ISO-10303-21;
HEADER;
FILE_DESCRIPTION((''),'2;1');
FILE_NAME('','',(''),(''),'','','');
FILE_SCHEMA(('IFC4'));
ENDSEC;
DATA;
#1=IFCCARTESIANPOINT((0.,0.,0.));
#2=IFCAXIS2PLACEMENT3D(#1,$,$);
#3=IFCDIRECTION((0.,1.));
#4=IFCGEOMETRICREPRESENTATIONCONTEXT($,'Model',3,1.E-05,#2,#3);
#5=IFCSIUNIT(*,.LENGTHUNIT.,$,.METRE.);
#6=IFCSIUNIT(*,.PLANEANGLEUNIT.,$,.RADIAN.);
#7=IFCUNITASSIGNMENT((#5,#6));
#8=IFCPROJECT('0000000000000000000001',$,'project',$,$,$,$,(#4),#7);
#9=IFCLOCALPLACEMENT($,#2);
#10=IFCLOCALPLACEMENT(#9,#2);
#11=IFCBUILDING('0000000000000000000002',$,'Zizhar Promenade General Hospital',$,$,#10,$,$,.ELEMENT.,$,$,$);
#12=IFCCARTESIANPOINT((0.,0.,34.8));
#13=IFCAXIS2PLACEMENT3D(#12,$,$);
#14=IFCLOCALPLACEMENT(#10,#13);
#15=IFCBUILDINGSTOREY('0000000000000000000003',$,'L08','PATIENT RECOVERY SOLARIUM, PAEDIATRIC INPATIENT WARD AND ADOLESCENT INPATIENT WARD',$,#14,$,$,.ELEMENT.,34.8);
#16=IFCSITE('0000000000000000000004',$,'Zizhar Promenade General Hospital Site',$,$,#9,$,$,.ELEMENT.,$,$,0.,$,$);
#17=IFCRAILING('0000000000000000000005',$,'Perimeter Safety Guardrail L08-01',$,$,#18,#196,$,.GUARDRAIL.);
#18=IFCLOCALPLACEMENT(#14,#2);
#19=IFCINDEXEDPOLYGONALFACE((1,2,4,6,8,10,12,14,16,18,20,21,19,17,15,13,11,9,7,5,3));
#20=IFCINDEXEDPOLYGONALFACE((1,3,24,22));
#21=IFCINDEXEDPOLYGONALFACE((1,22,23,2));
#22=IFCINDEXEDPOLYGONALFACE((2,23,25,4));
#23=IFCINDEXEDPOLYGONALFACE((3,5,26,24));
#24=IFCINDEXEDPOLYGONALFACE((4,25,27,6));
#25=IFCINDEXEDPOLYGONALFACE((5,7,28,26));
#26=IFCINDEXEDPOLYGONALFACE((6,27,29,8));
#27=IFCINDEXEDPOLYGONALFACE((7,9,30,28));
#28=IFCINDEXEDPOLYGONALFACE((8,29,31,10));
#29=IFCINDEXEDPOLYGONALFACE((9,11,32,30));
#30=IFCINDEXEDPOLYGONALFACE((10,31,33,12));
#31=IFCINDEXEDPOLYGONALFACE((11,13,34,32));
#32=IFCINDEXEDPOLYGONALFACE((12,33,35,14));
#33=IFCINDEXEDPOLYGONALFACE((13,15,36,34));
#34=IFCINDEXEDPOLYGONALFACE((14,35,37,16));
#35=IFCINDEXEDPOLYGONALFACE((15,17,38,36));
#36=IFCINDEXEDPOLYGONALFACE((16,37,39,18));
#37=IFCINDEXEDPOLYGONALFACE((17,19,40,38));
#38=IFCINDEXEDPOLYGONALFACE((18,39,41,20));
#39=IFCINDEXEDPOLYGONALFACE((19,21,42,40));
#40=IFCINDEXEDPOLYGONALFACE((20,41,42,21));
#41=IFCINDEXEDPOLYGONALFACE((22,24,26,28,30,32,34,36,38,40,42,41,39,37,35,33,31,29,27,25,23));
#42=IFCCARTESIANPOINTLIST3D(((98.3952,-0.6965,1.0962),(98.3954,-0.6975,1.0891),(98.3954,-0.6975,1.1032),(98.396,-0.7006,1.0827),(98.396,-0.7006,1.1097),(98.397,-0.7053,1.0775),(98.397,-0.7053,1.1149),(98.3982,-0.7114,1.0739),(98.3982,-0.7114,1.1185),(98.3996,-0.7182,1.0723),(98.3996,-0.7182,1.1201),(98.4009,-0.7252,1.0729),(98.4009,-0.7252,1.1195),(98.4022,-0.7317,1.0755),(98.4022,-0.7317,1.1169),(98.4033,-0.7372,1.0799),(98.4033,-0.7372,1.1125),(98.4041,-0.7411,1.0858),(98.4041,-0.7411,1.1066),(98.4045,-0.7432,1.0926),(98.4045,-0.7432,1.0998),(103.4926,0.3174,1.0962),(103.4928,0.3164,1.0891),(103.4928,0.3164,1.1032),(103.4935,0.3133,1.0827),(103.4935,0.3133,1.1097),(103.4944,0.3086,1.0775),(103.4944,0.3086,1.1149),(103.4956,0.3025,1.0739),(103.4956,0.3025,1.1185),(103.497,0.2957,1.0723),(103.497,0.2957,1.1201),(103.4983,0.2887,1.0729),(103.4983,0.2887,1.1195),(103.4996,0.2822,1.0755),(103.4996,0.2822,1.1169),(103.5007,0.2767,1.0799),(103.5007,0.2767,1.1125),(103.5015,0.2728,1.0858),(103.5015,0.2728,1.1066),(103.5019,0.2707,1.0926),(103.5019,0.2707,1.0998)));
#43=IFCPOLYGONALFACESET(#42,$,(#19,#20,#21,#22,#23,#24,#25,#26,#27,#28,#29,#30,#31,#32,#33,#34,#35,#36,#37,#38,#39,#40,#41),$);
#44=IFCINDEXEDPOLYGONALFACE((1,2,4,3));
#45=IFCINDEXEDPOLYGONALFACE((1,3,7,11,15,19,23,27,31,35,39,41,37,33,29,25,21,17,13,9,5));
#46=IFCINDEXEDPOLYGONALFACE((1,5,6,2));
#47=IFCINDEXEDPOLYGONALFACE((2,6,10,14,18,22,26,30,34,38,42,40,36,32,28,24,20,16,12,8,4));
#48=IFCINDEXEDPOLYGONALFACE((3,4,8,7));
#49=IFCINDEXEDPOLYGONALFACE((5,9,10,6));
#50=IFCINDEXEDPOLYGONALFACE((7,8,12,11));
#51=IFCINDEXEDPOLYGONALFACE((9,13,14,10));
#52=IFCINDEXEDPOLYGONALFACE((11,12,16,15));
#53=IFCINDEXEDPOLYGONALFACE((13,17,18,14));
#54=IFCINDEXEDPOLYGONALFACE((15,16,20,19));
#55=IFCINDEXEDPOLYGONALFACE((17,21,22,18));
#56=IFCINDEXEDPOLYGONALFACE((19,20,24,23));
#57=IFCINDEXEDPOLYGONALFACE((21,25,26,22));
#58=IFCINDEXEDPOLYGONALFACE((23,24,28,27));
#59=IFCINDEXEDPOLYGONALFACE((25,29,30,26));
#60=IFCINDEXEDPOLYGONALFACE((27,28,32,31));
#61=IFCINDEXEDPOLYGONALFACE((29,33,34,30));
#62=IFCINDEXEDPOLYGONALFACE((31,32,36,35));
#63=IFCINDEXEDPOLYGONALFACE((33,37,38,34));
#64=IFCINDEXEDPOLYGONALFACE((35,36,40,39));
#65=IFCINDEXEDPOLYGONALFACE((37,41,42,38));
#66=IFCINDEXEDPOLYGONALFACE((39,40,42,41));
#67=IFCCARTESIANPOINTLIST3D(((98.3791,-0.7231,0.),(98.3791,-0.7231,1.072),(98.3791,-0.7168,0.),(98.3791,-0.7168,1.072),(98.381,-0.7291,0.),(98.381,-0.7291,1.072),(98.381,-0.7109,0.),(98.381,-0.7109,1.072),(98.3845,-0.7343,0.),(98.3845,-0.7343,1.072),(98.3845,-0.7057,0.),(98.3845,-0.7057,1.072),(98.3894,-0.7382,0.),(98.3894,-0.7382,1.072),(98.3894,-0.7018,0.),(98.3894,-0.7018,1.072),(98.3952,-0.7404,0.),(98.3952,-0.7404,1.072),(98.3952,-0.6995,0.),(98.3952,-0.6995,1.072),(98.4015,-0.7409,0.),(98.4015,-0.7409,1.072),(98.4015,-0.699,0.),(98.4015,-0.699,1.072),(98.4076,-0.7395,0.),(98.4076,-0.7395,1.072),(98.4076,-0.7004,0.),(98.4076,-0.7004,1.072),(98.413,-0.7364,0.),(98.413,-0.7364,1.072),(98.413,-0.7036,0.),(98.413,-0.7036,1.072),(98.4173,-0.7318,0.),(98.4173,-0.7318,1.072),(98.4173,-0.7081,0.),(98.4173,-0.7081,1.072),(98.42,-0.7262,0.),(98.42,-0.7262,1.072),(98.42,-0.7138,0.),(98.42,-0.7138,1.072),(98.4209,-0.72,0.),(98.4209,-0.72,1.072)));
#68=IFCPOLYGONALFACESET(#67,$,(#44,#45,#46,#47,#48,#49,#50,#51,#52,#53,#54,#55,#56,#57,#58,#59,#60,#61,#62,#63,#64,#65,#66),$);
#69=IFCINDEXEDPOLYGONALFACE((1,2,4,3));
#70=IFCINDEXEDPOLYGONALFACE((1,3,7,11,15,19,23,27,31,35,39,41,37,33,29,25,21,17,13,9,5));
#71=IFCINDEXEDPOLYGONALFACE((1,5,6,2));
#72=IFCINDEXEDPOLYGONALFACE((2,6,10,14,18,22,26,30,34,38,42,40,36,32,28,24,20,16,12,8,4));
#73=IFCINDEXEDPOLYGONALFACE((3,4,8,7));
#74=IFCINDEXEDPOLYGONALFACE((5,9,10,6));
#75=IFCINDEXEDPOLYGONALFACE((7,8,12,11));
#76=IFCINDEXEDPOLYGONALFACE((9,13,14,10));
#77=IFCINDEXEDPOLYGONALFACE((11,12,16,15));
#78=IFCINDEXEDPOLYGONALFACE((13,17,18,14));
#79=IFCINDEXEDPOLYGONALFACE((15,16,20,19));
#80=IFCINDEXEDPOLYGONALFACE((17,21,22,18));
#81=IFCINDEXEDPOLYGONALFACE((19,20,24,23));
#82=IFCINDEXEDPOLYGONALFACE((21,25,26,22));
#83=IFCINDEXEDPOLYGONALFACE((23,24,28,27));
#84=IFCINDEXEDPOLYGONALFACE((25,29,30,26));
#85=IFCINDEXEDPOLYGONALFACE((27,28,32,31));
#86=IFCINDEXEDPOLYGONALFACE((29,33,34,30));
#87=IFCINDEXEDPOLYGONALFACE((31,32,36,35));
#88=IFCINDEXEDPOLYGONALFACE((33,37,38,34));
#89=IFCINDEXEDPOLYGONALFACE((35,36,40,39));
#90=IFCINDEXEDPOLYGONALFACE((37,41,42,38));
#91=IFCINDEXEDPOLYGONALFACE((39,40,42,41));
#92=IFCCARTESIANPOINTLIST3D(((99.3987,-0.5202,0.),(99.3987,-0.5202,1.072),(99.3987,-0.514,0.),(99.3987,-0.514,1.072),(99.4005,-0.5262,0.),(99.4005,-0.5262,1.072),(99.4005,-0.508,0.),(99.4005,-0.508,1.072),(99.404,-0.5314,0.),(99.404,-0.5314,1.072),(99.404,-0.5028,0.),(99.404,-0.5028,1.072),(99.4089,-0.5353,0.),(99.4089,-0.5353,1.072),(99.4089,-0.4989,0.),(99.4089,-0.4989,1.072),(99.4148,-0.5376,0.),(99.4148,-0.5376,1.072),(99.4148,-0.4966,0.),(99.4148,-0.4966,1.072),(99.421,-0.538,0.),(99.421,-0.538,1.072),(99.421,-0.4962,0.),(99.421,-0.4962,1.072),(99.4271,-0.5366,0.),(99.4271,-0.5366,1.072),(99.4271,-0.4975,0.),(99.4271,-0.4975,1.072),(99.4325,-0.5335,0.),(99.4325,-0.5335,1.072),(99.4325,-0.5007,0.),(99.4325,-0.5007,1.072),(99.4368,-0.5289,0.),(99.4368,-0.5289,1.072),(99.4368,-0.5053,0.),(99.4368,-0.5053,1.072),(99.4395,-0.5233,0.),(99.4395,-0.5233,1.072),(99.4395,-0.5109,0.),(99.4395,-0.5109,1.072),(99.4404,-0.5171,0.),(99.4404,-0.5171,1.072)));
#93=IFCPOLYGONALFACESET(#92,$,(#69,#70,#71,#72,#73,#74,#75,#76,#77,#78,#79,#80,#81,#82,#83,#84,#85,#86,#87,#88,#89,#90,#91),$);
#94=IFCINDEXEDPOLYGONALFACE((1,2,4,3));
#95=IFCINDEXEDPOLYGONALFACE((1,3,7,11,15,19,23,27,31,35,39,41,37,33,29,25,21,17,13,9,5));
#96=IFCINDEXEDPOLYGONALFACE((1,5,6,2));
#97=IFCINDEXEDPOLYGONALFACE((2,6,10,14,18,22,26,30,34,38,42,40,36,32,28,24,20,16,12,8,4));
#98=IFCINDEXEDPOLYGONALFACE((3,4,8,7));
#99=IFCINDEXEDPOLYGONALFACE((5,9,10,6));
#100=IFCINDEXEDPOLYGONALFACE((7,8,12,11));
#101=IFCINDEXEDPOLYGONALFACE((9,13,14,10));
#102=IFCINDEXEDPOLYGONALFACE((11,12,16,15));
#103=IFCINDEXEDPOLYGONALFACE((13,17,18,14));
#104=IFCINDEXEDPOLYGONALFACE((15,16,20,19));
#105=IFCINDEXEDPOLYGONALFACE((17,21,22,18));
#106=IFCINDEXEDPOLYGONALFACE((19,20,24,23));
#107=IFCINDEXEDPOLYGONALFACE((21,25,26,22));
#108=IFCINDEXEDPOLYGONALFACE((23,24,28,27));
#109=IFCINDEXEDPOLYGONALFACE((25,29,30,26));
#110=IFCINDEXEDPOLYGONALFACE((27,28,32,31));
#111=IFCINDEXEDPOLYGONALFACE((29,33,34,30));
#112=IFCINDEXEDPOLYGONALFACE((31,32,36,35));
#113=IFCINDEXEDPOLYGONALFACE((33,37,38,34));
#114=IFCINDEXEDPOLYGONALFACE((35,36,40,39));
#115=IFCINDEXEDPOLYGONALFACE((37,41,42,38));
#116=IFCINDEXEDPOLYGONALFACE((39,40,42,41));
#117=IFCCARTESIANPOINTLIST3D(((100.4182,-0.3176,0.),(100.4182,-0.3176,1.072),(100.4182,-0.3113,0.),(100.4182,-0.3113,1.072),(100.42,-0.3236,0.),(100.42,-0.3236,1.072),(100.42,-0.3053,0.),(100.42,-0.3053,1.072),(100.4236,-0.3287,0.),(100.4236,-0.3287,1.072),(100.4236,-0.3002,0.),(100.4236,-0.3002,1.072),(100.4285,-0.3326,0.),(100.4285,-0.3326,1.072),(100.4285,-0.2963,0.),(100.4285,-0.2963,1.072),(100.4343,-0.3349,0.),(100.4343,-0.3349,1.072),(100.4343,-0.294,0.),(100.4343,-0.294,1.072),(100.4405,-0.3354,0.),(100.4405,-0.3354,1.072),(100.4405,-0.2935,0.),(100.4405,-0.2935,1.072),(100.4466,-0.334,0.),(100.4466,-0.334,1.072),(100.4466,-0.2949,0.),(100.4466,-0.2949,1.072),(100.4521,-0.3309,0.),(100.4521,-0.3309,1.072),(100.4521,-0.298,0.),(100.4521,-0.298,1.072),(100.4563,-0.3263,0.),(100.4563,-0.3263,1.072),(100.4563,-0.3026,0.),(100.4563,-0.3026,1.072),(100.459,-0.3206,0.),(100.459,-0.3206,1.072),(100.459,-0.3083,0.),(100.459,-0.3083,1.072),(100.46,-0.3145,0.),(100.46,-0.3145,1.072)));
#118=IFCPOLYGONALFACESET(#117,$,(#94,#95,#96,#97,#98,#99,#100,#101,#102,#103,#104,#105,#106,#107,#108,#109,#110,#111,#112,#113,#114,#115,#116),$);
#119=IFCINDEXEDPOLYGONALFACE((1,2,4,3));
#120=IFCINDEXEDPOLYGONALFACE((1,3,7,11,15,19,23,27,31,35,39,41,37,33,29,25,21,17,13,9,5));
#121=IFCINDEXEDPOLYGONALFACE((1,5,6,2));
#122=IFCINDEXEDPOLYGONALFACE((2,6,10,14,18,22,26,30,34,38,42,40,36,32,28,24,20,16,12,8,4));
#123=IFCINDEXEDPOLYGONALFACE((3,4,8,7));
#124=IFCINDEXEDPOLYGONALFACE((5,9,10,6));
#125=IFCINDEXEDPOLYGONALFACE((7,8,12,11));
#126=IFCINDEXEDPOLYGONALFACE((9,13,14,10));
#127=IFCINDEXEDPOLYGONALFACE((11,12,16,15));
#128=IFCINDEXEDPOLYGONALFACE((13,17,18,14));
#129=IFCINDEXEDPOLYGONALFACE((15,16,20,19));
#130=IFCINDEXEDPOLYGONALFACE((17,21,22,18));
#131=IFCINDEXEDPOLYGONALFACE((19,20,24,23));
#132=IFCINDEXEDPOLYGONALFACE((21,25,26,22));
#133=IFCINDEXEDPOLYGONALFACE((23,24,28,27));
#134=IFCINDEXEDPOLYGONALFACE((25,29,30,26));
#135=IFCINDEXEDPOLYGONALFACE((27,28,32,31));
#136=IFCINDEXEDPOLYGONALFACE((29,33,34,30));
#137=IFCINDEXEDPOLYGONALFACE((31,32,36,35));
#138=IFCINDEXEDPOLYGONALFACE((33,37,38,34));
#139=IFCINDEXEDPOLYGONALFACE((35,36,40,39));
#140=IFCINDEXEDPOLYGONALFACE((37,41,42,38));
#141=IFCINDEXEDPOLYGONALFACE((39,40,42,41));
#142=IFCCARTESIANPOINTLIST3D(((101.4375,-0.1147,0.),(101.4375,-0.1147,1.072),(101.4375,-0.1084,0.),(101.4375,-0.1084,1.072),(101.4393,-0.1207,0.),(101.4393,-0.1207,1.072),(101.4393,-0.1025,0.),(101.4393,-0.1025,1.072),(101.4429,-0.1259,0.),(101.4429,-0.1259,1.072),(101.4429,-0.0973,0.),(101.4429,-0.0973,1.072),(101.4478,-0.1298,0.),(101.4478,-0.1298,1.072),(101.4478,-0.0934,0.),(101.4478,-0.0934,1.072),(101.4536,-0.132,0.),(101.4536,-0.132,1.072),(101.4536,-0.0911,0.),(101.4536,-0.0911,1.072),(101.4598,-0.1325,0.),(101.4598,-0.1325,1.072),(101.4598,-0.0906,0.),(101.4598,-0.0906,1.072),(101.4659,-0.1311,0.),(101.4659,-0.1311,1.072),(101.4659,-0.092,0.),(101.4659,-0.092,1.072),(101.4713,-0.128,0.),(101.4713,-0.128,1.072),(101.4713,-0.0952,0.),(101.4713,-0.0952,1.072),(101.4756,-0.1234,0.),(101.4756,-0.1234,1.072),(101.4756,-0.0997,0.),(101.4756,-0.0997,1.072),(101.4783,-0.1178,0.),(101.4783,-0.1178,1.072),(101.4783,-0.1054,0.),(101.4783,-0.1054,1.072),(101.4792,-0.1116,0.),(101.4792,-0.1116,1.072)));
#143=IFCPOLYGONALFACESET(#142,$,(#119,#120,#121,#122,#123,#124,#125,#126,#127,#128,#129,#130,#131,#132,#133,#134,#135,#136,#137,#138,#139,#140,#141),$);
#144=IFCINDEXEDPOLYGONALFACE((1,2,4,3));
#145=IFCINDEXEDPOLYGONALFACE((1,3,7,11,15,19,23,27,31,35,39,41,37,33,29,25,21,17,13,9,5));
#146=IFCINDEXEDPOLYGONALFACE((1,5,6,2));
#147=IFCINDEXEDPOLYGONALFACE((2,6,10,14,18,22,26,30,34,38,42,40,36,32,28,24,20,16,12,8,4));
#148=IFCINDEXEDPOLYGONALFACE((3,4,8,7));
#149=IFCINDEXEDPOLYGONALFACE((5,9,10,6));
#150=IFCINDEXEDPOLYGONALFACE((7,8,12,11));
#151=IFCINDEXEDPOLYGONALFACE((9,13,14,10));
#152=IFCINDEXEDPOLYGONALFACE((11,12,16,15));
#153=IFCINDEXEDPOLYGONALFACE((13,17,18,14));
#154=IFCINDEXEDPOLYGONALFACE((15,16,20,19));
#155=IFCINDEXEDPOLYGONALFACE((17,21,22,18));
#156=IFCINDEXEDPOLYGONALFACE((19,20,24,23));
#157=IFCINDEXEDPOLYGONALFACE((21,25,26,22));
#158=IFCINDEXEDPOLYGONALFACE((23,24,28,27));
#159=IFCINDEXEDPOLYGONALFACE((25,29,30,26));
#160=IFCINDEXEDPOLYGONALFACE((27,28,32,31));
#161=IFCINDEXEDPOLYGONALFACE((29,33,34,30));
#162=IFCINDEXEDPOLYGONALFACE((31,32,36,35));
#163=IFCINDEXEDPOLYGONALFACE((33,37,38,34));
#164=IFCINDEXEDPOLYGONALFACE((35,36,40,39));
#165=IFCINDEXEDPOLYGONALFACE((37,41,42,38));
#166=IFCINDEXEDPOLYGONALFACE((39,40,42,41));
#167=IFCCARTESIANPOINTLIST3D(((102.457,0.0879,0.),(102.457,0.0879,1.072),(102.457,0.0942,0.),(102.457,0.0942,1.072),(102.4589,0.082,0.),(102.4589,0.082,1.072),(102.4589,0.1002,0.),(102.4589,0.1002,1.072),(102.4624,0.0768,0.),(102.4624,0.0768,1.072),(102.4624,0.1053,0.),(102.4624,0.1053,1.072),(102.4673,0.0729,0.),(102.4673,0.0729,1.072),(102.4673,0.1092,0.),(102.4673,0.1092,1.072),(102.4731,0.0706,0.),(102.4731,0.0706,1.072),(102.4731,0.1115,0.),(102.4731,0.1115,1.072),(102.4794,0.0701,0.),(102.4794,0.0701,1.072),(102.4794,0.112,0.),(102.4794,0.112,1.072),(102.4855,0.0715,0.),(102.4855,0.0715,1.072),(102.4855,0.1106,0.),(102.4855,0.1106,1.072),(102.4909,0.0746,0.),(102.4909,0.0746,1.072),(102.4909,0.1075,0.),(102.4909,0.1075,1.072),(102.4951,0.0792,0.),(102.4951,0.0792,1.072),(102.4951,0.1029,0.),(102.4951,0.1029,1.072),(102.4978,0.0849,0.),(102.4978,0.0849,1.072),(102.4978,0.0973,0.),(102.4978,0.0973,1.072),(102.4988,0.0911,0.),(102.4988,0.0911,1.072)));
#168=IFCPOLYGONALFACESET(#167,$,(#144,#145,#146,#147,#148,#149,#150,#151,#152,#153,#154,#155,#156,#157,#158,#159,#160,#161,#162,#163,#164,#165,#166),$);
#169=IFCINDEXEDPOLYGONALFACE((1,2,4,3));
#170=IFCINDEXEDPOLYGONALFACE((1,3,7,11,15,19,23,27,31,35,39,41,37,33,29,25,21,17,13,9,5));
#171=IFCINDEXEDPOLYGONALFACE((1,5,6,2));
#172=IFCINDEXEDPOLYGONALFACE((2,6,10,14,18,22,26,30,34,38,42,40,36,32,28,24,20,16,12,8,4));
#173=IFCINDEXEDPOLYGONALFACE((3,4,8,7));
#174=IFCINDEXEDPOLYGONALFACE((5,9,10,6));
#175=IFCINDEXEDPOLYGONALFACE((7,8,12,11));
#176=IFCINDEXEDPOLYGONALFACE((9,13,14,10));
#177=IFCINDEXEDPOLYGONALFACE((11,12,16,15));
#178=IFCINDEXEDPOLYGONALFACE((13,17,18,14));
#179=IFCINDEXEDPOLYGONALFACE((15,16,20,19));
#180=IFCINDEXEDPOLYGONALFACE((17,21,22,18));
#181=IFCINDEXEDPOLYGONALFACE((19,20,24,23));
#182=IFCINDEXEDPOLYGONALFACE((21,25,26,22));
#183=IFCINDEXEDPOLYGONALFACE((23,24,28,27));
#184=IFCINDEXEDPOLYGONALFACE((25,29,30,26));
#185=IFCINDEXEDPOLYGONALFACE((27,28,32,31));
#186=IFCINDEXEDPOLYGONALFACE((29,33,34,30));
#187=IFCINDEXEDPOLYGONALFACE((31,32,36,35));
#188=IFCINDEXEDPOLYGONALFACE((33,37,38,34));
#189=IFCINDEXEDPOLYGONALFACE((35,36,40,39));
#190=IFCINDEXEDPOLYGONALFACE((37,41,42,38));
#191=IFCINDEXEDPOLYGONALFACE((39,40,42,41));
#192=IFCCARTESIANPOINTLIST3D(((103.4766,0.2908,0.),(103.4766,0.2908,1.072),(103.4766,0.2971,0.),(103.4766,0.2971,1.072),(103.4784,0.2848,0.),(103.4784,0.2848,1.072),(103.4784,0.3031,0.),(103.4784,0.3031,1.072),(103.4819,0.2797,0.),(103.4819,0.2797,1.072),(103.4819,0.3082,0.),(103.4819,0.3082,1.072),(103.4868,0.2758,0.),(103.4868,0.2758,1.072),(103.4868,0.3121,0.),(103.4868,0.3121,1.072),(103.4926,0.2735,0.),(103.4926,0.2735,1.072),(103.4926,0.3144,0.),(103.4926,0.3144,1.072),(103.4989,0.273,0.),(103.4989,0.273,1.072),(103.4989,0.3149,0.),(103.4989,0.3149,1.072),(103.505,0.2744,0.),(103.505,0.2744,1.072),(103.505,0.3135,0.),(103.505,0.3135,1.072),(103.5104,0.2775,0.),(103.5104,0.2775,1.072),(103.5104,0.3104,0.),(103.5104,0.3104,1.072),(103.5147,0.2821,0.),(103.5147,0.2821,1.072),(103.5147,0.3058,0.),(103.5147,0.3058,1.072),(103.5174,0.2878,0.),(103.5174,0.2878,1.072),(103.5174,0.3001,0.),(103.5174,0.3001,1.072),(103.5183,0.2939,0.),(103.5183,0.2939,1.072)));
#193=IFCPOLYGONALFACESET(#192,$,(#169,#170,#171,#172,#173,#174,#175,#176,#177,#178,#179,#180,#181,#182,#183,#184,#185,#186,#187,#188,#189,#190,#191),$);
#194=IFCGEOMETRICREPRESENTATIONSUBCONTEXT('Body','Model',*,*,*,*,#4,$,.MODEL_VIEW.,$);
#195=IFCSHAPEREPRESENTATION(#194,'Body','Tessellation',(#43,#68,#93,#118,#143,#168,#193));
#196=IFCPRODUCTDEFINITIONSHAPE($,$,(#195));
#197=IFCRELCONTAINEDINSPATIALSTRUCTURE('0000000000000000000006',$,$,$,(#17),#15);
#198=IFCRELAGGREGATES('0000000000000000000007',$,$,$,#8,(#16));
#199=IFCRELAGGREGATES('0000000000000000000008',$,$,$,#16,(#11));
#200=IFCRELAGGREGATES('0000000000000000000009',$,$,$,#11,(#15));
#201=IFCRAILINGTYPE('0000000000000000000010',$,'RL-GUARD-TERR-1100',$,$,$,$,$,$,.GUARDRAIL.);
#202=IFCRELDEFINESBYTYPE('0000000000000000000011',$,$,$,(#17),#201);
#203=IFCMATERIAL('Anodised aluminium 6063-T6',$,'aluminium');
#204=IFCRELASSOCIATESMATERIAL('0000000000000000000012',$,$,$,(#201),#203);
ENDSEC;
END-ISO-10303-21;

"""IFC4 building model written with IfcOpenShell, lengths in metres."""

from ifc_helpers import new_model, si_unit, direction, frame, origin, origin_2d, place, context, subcontext, project, spatial, circle, hollow_circle, extrude, material, material_profile, profile_set, type_object, element, save


model = new_model("IFC4")

# Units and contexts
model_context = context("Model", 3, precision=1e-05, world=origin(), true_north=direction((0.0, 1.0)))
body_context = subcontext(model_context, "Body", "Model", "MODEL_VIEW")
ifc_project = project(units=[si_unit("LENGTHUNIT", "METRE"), si_unit("PLANEANGLEUNIT", "RADIAN")], contexts=[model_context])

# Site, building, storey
site_placement = place(None, origin())
site = spatial("IfcSite", under=ifc_project, at=site_placement, Name="Zizhar Promenade General Hospital Site", CompositionType="ELEMENT", RefElevation=0.0)
building_placement = place(site_placement, origin())
building = spatial("IfcBuilding", under=site, at=building_placement, Name="Zizhar Promenade General Hospital", CompositionType="ELEMENT")
storey_placement = place(building_placement, frame((0.0, 0.0, 34.8)))
storey = spatial("IfcBuildingStorey", under=building, at=storey_placement, Name="L08", Description="PATIENT RECOVERY SOLARIUM, PAEDIATRIC INPATIENT WARD AND ADOLESCENT INPATIENT WARD", CompositionType="ELEMENT", Elevation=34.8)

# Railing
ifc_material_1 = material(Name="Anodised aluminium 6063-T6", Category="aluminium")
ifc_material_profile_1 = material_profile(ifc_material_1, hollow_circle(Radius=0.0698, WallThickness=0.0063, at=origin_2d()))
ifc_profile_set_1 = profile_set([ifc_material_profile_1], Name="Anodised aluminium 6063-T6")
railing_type = type_object("IfcRailingType", Name="RL-GUARD-TERR-1100", PredefinedType="GUARDRAIL", material=ifc_profile_set_1)
railing_placement = place(storey_placement, frame((98.3999, -0.72, 0.0)))
element("IfcRailing", 1, at=railing_placement, inside=storey, type_object=railing_type, Name="Perimeter Safety Guardrail L08-01", PredefinedType="GUARDRAIL", context=body_context, shape_type="SweptSolid", body=[
    extrude(circle(Radius=0.0239, at=origin_2d()), frame((0.0, 0.0, 1.0962), z_axis=(0.980786, 0.195086, 0.0), x_axis=(-0.195086, 0.980786, 0.0)), (0.0, 0.0, 1.0), 5.1973),
    extrude(circle(Radius=0.021, at=origin_2d()), origin(), (0.0, 0.0, 1.0), 1.072),
    extrude(circle(Radius=0.021, at=origin_2d()), frame((1.0195, 0.2029, 0.0)), (0.0, 0.0, 1.0), 1.072),
    extrude(circle(Radius=0.021, at=origin_2d()), frame((2.0391, 0.4055, 0.0)), (0.0, 0.0, 1.0), 1.072),
    extrude(circle(Radius=0.021, at=origin_2d()), frame((3.0583, 0.6084, 0.0)), (0.0, 0.0, 1.0), 1.072),
    extrude(circle(Radius=0.021, at=origin_2d()), frame((4.0779, 0.811, 0.0)), (0.0, 0.0, 1.0), 1.072),
    extrude(circle(Radius=0.021, at=origin_2d()), frame((5.0974, 1.0139, 0.0)), (0.0, 0.0, 1.0), 1.072),
])

save(model, "model.ifc")
